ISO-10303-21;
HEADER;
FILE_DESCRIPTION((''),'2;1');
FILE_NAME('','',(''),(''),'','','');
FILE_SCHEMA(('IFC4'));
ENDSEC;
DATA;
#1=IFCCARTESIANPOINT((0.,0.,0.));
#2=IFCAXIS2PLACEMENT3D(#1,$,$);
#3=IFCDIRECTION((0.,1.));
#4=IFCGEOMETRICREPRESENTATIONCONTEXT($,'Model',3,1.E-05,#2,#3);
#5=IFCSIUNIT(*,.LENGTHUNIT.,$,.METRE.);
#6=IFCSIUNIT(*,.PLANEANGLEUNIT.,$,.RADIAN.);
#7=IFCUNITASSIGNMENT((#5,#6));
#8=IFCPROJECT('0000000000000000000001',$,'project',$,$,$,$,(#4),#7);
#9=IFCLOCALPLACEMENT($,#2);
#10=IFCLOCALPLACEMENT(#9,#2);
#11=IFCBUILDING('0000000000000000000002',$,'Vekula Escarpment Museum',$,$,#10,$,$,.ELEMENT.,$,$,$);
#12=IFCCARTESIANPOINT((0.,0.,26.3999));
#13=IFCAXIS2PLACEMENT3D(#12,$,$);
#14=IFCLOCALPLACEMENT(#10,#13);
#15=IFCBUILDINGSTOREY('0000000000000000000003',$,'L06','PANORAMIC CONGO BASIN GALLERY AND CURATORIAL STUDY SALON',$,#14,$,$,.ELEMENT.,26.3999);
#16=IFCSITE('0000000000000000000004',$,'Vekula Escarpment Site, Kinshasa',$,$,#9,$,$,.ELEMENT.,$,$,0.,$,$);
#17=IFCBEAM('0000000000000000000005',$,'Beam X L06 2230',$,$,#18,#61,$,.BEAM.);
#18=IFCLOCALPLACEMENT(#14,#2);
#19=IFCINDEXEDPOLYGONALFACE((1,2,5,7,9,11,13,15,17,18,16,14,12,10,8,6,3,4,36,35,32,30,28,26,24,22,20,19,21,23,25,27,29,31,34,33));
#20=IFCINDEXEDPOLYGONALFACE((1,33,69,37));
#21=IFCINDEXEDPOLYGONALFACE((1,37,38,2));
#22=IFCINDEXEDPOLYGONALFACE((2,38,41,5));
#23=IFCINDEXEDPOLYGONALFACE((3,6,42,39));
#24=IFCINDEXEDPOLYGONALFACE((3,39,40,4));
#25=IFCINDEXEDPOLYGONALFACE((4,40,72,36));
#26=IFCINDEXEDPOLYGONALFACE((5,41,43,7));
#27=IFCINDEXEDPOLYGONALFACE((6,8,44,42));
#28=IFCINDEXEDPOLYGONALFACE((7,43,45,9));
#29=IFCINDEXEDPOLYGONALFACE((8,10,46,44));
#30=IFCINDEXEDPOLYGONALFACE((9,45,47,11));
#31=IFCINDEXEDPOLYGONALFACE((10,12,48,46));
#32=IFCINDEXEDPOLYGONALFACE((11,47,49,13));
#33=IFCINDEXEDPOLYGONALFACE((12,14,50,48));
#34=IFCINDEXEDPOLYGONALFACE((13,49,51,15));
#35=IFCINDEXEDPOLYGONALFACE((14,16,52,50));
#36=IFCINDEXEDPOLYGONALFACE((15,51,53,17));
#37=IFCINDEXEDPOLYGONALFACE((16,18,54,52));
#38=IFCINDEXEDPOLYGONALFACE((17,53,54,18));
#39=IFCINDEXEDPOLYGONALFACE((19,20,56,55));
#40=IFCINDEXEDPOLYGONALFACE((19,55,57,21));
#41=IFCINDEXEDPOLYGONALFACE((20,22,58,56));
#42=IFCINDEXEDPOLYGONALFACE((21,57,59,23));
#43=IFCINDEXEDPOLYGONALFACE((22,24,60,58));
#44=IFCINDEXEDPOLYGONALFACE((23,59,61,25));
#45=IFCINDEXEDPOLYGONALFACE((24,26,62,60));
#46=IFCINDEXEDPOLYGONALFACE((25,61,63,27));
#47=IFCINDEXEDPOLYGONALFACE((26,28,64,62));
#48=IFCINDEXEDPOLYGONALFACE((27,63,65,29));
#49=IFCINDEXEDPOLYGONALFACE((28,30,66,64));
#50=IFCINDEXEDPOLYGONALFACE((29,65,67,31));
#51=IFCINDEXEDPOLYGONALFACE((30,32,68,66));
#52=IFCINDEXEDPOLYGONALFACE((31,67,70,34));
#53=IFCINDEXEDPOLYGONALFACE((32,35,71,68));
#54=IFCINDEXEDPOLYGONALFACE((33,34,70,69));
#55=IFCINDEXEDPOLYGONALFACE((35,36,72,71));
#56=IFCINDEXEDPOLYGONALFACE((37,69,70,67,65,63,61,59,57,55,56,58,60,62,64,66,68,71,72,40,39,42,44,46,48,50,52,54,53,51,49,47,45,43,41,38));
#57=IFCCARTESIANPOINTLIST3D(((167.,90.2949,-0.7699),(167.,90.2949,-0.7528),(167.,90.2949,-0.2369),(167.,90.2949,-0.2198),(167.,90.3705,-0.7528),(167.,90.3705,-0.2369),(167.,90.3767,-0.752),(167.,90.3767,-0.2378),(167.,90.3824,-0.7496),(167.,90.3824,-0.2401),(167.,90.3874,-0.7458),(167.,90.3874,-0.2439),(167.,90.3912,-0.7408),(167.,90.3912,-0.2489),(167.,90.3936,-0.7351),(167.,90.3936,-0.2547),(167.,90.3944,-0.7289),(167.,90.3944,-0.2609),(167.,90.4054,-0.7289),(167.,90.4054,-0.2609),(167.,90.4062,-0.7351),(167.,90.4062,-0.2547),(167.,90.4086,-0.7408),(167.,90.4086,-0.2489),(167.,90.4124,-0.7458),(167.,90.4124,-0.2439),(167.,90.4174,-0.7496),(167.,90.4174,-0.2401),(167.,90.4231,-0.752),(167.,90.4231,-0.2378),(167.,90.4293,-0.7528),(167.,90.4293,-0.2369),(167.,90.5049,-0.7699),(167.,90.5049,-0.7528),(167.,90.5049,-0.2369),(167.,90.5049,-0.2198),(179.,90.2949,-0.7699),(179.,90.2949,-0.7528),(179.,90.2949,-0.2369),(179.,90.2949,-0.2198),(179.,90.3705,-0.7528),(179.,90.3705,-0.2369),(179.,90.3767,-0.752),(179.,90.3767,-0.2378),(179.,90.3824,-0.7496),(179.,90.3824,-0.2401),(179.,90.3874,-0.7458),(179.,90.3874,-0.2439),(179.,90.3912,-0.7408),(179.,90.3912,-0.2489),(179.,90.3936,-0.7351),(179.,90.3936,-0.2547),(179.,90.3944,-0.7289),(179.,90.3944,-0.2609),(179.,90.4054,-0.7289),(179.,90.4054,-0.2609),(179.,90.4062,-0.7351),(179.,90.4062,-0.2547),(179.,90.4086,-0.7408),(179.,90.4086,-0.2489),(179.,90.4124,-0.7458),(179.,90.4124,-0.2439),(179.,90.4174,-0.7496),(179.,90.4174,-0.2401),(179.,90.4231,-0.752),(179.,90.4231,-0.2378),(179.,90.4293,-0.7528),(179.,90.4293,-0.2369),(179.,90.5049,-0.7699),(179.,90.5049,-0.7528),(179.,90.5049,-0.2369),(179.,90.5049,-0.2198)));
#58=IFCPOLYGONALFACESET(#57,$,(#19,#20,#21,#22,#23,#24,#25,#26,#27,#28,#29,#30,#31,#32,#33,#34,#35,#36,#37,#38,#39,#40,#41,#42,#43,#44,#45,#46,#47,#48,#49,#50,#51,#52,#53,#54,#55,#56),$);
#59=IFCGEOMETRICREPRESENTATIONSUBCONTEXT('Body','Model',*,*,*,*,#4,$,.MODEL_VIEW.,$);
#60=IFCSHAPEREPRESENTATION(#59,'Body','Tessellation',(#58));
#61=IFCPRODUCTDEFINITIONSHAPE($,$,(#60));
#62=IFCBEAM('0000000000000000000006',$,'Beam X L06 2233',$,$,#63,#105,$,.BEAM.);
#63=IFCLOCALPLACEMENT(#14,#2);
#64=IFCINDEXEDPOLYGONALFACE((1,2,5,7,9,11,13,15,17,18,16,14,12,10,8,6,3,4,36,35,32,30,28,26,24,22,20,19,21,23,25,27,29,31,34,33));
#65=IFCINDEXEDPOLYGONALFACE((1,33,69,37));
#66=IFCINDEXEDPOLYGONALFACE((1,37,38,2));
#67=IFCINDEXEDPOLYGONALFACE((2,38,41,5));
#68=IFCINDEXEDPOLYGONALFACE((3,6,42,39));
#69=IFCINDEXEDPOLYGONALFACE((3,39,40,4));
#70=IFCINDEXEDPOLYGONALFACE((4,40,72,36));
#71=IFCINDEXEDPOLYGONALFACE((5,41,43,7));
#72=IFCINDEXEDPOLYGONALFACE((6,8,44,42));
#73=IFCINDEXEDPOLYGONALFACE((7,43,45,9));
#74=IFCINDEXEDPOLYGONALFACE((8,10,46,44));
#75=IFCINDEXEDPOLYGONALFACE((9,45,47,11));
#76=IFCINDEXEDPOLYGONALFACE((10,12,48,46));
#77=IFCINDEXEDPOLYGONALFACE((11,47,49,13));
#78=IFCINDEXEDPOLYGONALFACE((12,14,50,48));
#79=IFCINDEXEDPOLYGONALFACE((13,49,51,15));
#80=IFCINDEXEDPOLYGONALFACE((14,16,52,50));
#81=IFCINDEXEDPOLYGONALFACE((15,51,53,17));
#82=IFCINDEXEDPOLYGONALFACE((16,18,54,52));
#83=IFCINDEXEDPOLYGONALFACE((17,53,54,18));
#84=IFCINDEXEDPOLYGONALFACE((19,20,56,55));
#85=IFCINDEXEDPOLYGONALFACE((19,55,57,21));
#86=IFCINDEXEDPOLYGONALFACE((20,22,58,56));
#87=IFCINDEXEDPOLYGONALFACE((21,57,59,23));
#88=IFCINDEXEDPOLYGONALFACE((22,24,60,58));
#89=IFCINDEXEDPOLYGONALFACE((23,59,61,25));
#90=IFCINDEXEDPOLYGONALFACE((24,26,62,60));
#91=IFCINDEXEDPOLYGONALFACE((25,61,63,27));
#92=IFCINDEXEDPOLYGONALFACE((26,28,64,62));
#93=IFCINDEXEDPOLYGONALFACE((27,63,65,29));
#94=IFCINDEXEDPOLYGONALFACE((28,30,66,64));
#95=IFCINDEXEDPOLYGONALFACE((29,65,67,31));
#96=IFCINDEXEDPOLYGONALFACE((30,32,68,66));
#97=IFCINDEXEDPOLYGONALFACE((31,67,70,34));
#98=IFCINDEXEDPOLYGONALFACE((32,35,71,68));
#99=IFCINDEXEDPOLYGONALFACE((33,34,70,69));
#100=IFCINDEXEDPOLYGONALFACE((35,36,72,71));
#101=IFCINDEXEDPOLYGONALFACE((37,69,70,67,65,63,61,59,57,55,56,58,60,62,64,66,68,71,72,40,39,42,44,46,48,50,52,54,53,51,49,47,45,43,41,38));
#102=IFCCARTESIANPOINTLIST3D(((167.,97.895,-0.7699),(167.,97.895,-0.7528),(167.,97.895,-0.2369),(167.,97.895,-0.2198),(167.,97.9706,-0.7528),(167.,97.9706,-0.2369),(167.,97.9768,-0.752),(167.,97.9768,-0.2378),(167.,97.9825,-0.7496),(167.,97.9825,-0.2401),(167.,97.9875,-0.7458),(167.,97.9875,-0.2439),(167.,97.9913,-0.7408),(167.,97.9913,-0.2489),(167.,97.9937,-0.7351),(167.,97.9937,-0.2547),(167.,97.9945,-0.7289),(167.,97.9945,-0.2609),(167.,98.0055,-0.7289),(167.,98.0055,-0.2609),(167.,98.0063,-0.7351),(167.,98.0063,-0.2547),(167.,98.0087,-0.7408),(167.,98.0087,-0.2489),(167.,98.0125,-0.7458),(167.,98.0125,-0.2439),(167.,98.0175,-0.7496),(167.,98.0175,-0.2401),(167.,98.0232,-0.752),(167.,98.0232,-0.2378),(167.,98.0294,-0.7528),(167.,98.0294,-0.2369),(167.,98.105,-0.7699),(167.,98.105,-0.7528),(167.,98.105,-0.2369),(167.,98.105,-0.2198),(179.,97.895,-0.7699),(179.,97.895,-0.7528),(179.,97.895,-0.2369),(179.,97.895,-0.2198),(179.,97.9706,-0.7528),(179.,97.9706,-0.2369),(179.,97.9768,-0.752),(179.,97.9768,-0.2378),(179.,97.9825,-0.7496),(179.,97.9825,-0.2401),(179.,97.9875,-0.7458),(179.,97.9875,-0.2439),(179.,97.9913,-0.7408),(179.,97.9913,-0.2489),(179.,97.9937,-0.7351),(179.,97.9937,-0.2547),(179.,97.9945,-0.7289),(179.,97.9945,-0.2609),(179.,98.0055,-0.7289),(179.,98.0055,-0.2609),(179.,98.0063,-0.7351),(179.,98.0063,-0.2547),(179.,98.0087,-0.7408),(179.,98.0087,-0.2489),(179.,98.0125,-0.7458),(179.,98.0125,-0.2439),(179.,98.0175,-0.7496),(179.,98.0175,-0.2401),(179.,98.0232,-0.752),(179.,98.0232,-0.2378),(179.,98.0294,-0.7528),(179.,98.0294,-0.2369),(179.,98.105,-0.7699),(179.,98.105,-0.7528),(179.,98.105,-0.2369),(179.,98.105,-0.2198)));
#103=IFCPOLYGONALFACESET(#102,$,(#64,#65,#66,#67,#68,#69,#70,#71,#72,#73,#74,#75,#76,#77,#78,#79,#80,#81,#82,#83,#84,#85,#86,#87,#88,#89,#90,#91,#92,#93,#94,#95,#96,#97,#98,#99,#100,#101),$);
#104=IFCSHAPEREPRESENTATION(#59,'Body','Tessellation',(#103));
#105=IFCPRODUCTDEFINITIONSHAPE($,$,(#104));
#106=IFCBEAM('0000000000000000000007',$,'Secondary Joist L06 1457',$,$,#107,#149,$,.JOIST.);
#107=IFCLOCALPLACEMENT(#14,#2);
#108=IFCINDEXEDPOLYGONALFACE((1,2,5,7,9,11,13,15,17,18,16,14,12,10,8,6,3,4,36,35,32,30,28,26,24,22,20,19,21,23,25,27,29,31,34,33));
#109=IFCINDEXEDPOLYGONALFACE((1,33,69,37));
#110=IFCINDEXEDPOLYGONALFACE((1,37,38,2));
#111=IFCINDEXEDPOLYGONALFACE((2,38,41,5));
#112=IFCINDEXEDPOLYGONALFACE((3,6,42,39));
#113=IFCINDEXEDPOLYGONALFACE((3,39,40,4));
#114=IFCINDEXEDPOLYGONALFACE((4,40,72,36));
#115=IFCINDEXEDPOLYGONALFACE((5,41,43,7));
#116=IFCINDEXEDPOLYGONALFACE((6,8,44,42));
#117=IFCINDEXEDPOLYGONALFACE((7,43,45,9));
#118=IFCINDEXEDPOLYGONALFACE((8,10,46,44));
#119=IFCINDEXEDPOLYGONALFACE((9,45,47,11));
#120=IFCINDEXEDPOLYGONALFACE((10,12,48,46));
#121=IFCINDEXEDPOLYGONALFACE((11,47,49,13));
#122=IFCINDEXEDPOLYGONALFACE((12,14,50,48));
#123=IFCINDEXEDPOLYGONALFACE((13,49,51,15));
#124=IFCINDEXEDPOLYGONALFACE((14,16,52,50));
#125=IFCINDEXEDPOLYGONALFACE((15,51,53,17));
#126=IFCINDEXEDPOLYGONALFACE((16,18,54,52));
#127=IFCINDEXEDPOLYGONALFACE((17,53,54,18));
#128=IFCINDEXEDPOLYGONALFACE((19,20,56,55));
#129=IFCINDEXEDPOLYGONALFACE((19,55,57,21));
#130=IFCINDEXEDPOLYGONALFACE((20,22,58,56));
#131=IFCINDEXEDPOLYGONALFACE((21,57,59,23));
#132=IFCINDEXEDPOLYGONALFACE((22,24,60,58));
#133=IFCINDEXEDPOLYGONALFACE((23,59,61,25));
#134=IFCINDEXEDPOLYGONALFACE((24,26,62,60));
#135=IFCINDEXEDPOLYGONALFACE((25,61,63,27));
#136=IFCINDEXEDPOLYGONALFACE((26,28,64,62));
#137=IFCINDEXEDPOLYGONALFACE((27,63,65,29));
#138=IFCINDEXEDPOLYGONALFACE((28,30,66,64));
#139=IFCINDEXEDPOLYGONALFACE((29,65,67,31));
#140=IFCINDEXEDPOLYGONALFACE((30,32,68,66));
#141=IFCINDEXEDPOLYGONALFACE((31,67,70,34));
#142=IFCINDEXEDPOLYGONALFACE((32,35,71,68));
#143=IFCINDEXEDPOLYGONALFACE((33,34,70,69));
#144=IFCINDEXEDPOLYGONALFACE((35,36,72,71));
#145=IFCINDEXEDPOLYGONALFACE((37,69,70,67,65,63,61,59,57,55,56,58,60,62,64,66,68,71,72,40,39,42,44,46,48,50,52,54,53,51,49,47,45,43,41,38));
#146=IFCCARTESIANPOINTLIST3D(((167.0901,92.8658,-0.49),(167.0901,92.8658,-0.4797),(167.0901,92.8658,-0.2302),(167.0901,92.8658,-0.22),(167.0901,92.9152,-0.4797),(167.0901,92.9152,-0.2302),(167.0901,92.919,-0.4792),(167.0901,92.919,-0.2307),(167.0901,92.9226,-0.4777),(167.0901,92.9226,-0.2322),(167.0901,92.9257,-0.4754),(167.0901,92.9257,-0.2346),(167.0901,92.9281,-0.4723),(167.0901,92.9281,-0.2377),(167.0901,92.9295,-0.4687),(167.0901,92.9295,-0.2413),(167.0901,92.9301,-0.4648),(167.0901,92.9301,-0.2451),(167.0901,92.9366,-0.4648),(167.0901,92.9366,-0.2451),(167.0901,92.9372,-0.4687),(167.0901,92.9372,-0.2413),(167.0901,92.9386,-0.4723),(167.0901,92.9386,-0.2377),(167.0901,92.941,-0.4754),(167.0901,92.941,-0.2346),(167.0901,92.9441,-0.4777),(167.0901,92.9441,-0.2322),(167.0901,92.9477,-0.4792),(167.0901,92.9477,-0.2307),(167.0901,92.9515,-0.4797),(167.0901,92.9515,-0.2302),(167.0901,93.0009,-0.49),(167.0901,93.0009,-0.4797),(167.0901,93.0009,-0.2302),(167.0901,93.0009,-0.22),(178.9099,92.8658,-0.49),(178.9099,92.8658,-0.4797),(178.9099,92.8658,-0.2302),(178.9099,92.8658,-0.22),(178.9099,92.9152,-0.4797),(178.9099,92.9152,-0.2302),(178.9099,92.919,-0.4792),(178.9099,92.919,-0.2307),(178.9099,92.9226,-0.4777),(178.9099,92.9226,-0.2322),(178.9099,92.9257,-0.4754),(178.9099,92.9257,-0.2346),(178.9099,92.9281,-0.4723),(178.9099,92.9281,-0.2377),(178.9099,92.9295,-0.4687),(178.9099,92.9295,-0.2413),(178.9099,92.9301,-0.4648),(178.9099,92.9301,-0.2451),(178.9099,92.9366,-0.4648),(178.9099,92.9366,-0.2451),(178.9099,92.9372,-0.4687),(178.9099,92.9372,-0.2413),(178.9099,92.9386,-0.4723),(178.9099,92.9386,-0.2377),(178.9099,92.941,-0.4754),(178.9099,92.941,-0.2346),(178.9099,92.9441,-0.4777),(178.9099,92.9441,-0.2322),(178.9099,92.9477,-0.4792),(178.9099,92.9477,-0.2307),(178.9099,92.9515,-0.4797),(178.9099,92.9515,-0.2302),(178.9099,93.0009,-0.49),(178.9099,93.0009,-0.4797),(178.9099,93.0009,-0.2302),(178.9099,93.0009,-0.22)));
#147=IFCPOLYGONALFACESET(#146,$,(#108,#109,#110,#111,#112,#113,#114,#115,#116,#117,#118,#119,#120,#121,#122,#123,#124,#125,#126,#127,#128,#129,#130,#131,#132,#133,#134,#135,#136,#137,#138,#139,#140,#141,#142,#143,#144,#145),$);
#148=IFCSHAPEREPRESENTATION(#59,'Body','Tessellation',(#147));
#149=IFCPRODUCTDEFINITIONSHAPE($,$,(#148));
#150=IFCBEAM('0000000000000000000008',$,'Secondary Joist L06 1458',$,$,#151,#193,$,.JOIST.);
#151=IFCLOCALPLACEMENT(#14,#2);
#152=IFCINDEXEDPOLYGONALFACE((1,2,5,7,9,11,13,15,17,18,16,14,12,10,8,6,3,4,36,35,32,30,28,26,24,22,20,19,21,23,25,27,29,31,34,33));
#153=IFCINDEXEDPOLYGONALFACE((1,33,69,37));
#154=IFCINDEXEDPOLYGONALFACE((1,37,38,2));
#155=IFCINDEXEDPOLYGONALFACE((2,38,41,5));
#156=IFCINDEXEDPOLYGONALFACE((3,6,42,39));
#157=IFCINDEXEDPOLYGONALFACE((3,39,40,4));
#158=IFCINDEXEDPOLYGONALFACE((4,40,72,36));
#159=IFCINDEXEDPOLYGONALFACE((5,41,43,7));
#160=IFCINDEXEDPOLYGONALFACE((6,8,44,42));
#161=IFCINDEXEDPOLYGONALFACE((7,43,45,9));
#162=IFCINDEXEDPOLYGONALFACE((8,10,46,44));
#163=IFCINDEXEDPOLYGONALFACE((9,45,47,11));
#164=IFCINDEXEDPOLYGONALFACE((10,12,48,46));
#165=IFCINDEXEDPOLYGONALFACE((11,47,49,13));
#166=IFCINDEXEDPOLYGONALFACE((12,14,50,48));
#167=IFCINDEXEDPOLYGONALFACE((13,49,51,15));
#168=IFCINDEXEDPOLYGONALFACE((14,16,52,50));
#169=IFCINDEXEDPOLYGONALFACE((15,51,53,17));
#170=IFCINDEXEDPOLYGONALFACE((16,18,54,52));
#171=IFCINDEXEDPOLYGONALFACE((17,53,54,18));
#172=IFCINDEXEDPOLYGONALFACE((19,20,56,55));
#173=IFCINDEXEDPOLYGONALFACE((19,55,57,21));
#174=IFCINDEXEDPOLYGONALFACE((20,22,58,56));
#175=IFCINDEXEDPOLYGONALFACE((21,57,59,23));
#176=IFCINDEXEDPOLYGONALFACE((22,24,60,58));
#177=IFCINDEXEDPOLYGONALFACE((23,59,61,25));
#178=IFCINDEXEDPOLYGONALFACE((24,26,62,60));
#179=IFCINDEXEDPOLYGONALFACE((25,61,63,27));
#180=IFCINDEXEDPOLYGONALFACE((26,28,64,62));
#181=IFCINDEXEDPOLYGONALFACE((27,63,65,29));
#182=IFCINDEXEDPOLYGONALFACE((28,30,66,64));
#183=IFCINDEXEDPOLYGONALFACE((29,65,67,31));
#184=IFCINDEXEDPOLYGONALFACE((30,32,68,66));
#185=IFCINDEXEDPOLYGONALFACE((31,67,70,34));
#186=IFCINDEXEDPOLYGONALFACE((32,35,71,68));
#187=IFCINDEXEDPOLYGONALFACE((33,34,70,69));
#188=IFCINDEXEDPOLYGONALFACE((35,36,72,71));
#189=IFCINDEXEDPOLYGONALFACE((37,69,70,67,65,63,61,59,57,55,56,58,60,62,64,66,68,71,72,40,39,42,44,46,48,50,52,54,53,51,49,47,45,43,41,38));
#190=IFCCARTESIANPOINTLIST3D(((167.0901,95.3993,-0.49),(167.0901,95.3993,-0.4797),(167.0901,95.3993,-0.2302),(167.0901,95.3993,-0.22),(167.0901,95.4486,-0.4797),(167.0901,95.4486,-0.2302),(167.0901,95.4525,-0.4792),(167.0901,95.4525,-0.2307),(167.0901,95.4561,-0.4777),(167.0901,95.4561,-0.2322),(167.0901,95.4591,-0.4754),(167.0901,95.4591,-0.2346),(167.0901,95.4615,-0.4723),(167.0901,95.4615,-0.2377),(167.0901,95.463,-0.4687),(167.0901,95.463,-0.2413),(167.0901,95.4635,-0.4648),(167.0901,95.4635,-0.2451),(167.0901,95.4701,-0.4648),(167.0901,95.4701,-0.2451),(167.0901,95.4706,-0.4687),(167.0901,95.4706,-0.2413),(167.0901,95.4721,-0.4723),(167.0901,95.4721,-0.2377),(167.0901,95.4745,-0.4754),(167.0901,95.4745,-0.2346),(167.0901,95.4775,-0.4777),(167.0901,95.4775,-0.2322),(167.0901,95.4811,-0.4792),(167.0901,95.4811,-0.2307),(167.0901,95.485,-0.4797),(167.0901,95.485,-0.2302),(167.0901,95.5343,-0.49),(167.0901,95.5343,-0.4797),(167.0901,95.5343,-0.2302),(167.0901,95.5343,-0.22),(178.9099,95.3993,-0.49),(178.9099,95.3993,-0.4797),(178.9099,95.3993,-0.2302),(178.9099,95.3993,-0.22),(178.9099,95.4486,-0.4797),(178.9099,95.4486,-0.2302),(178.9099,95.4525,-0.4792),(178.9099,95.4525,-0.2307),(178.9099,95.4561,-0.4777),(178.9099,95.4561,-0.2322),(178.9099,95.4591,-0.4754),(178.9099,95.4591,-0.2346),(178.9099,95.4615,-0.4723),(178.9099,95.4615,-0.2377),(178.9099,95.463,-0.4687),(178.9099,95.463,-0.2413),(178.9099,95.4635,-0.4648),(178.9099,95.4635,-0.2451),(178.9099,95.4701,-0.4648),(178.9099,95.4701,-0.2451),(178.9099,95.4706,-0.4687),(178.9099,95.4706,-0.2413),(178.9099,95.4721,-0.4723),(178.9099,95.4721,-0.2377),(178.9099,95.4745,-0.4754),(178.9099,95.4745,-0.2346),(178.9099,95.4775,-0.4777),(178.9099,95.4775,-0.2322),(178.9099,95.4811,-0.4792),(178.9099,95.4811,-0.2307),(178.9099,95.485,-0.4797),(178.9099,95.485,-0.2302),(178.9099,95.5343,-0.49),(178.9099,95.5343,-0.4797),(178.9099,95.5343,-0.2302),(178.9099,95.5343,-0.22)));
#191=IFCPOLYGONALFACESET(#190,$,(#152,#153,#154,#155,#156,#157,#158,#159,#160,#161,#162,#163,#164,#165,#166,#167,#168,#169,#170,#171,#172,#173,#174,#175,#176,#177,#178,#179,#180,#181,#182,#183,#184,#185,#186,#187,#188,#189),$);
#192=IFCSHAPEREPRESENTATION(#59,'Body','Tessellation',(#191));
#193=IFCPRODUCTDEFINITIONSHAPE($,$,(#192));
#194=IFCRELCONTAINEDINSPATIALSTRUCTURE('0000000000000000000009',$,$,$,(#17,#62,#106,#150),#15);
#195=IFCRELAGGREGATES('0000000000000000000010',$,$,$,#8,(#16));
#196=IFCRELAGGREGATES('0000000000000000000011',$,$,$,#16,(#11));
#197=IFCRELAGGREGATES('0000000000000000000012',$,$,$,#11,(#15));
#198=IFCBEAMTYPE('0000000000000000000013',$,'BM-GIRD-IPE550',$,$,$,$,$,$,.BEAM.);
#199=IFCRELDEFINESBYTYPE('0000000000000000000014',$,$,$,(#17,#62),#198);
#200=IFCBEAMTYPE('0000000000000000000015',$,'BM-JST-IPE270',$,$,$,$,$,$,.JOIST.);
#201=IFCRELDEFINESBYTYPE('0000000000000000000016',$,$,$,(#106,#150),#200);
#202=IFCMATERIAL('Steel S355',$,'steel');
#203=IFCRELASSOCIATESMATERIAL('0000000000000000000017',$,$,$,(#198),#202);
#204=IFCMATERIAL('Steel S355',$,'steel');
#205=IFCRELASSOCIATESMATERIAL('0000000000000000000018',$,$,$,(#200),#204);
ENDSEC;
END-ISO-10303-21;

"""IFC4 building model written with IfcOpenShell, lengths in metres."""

from ifc_helpers import new_model, si_unit, direction, frame, origin, origin_2d, place, context, subcontext, project, spatial, i_section, extrude, material, material_profile, profile_set, type_object, element, save


model = new_model("IFC4")

# Units and contexts
model_context = context("Model", 3, precision=1e-05, world=origin(), true_north=direction((0.0, 1.0)))
body_context = subcontext(model_context, "Body", "Model", "MODEL_VIEW")
ifc_project = project(units=[si_unit("LENGTHUNIT", "METRE"), si_unit("PLANEANGLEUNIT", "RADIAN")], contexts=[model_context])

# Site, building, storey
site_placement = place(None, origin())
site = spatial("IfcSite", under=ifc_project, at=site_placement, Name="Vekula Escarpment Site, Kinshasa", CompositionType="ELEMENT", RefElevation=0.0)
building_placement = place(site_placement, origin())
building = spatial("IfcBuilding", under=site, at=building_placement, Name="Vekula Escarpment Museum", CompositionType="ELEMENT")
storey_placement = place(building_placement, frame((0.0, 0.0, 26.3999)))
storey = spatial("IfcBuildingStorey", under=building, at=storey_placement, Name="L06", Description="PANORAMIC CONGO BASIN GALLERY AND CURATORIAL STUDY SALON", CompositionType="ELEMENT", Elevation=26.3999)

# Beams
ifc_material_1 = material(Name="Steel S355", Category="steel")
ifc_material_profile_1 = material_profile(ifc_material_1, i_section(OverallWidth=0.21, OverallDepth=0.55, WebThickness=0.011, FlangeThickness=0.0171, FilletRadius=0.0239, at=origin_2d()), Name="IPE 550")
ifc_profile_set_1 = profile_set([ifc_material_profile_1], Name="Steel S355")
beam_type_1 = type_object("IfcBeamType", Name="BM-GIRD-IPE550", PredefinedType="BEAM", material=ifc_profile_set_1)
for number, where, z_axis, x_axis, name in (
    (1, (167.0, 90.3999, -0.4949), (1.0, 0.0, 0.0), (0.0, 1.0, 0.0), "Beam X L06 2230"),
    (2, (167.0, 98.0, -0.4949), (1.0, 0.0, 0.0), (0.0, 1.0, 0.0), "Beam X L06 2233"),
):
    element("IfcBeam", number, at=place(storey_placement, frame(where, z_axis=z_axis, x_axis=x_axis)), inside=storey, type_object=beam_type_1, Name=name, PredefinedType="BEAM", context=body_context, shape_type="SweptSolid", body=[
        extrude(i_section(OverallWidth=0.21, OverallDepth=0.55, WebThickness=0.011, FlangeThickness=0.0171, FilletRadius=0.0239, at=origin_2d()), origin(), (0.0, 0.0, 1.0), 12.0),
    ])
ifc_material_2 = material(Name="Steel S355", Category="steel")
ifc_material_profile_2 = material_profile(ifc_material_2, i_section(OverallWidth=0.135, OverallDepth=0.27, WebThickness=0.0066, FlangeThickness=0.0103, FilletRadius=0.0149, at=origin_2d()), Name="IPE 270")
ifc_profile_set_2 = profile_set([ifc_material_profile_2], Name="Steel S355")
beam_type_2 = type_object("IfcBeamType", Name="BM-JST-IPE270", PredefinedType="JOIST", material=ifc_profile_set_2)
for number, where, z_axis, x_axis, name in (
    (3, (167.0901, 92.9333, -0.355), (1.0, 0.0, 0.0), (0.0, 1.0, 0.0), "Secondary Joist L06 1457"),
    (4, (167.0901, 95.4668, -0.355), (1.0, 0.0, 0.0), (0.0, 1.0, 0.0), "Secondary Joist L06 1458"),
):
    element("IfcBeam", number, at=place(storey_placement, frame(where, z_axis=z_axis, x_axis=x_axis)), inside=storey, type_object=beam_type_2, Name=name, PredefinedType="JOIST", context=body_context, shape_type="SweptSolid", body=[
        extrude(i_section(OverallWidth=0.135, OverallDepth=0.27, WebThickness=0.0066, FlangeThickness=0.0103, FilletRadius=0.0149, at=origin_2d()), origin(), (0.0, 0.0, 1.0), 11.8198),
    ])

save(model, "model.ifc")
